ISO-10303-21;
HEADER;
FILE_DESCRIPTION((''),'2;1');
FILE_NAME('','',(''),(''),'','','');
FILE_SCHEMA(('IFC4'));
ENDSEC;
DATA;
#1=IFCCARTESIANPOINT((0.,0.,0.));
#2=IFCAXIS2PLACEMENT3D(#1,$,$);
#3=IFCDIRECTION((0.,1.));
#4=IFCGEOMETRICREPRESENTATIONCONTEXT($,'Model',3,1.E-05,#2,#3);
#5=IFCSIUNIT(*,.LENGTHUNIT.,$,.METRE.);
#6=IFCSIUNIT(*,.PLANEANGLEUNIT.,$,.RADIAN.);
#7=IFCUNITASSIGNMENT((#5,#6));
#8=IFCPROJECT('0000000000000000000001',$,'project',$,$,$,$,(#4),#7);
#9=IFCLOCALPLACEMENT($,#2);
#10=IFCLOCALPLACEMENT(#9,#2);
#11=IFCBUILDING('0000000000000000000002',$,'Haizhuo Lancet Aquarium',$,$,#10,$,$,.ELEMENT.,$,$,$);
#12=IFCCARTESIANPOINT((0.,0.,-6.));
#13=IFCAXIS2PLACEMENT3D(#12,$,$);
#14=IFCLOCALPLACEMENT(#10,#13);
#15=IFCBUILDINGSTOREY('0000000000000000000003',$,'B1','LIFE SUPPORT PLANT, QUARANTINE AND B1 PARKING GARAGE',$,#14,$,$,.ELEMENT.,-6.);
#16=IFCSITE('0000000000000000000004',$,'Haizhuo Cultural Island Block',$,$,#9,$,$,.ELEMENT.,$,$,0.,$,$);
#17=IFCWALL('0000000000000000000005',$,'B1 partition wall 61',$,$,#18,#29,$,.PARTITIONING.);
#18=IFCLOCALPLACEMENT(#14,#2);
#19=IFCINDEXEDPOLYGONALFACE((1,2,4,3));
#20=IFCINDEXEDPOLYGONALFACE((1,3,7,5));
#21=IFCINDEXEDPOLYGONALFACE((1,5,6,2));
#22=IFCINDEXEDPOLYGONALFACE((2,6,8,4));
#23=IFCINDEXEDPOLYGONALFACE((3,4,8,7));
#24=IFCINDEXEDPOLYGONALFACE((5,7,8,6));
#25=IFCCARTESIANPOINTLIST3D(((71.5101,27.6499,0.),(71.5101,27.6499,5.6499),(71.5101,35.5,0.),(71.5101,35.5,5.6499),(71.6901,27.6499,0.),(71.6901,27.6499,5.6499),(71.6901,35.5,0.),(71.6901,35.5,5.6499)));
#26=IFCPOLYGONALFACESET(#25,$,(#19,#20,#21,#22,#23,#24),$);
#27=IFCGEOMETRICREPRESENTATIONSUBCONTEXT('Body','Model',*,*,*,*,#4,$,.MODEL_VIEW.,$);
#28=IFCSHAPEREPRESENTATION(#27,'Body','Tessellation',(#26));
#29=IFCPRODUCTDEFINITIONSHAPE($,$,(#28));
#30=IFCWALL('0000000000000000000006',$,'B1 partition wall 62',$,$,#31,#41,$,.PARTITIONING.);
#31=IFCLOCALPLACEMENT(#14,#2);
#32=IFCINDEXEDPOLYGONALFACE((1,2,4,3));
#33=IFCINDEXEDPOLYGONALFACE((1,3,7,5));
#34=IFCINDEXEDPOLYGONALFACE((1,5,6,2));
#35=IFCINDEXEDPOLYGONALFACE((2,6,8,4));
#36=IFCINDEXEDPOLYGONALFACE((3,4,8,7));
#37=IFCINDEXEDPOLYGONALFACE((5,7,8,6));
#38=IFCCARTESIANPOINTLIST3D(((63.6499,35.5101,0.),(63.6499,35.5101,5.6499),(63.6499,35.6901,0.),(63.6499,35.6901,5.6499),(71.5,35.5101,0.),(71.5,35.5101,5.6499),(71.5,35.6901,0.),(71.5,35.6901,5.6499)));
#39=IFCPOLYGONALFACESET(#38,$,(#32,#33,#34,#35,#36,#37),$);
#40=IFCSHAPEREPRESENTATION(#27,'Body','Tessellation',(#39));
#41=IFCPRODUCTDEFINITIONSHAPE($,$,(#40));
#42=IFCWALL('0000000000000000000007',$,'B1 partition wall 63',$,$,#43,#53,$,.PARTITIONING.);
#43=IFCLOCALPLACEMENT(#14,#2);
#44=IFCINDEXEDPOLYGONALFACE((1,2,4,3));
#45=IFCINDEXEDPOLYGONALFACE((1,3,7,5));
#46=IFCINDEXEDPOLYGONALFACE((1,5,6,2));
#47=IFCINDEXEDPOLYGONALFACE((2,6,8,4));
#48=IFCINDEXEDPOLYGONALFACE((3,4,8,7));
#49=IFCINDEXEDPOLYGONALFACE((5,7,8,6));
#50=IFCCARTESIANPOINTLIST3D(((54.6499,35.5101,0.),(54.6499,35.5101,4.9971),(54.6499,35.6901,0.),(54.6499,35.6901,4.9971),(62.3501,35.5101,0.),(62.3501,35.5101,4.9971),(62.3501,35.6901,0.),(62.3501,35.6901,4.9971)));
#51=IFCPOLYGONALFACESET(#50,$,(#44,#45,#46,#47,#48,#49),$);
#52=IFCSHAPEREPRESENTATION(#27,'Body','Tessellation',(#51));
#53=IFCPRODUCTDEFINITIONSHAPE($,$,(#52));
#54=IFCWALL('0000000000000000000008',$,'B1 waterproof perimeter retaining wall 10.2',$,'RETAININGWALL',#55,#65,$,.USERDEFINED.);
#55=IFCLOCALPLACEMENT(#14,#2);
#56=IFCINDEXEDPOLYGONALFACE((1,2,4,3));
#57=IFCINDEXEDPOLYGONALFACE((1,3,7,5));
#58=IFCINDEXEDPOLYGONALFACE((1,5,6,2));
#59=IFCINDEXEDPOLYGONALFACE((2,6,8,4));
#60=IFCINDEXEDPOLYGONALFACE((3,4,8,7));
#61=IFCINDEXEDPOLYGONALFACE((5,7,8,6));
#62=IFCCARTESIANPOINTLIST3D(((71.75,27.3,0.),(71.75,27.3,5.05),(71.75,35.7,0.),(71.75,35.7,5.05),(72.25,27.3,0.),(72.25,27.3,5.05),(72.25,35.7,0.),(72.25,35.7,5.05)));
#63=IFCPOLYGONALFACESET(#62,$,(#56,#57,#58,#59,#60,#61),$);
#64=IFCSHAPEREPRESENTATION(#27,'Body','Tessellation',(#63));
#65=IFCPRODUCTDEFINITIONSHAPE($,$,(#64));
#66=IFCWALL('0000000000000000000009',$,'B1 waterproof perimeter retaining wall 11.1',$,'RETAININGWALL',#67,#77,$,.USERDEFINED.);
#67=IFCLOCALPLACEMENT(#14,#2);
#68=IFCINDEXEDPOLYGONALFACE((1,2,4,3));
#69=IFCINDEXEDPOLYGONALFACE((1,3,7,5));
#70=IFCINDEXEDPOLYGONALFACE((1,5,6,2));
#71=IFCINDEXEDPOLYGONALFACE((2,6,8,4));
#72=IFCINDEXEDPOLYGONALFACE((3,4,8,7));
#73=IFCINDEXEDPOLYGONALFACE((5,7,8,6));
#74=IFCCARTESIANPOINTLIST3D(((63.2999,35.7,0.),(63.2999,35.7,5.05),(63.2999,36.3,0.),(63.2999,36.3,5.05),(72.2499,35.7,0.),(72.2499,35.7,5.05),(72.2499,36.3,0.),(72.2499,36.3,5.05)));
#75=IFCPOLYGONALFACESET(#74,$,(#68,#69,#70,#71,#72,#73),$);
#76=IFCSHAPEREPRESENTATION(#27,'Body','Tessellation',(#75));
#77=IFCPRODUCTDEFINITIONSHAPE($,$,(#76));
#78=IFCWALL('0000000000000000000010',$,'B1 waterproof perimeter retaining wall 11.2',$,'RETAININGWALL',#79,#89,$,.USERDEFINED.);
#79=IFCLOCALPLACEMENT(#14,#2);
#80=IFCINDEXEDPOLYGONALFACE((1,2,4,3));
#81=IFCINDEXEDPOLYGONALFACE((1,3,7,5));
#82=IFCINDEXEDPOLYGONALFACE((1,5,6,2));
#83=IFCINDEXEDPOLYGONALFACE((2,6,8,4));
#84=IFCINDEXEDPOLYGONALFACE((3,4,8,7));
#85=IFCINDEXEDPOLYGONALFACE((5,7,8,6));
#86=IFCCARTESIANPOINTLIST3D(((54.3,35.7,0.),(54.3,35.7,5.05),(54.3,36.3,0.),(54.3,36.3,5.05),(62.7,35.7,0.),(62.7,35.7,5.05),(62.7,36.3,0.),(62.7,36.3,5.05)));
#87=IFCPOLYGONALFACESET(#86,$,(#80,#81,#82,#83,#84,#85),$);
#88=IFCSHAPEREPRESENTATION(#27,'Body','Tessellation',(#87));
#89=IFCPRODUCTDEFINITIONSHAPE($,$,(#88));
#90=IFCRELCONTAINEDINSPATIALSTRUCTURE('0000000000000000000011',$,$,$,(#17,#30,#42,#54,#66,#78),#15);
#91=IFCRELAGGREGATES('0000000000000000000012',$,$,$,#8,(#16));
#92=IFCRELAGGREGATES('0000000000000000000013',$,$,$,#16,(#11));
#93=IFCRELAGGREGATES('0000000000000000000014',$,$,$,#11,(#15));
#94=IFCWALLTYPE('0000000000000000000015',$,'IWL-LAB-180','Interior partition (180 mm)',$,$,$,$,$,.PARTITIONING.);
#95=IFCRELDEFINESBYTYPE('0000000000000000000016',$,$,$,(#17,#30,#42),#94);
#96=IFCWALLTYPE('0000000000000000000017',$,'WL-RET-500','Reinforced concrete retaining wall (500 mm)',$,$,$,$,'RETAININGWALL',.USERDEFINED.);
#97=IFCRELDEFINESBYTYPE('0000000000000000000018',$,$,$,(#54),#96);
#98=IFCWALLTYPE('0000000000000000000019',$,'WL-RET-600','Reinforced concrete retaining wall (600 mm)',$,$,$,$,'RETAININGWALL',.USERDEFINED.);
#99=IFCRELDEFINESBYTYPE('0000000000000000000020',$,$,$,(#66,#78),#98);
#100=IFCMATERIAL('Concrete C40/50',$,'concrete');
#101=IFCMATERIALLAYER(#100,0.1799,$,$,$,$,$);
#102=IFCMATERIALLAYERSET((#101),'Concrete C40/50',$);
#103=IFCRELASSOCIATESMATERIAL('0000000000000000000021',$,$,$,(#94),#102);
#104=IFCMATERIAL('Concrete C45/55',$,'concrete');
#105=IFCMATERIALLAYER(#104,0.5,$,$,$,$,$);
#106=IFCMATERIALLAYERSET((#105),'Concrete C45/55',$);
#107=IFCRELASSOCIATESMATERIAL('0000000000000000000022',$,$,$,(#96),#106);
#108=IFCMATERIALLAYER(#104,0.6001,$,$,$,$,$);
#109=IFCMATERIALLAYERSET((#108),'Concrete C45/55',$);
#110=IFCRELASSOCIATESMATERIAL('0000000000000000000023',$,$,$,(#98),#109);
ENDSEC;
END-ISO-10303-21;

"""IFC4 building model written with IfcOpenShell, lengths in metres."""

from ifc_helpers import new_model, si_unit, direction, frame, frame_2d, origin, place, context, subcontext, project, spatial, rectangle, extrude, material, layer, layer_set, type_object, element, save


model = new_model("IFC4")

# Units and contexts
model_context = context("Model", 3, precision=1e-05, world=origin(), true_north=direction((0.0, 1.0)))
body_context = subcontext(model_context, "Body", "Model", "MODEL_VIEW")
ifc_project = project(units=[si_unit("LENGTHUNIT", "METRE"), si_unit("PLANEANGLEUNIT", "RADIAN")], contexts=[model_context])

# Site, building, storey
site_placement = place(None, origin())
site = spatial("IfcSite", under=ifc_project, at=site_placement, Name="Haizhuo Cultural Island Block", CompositionType="ELEMENT", RefElevation=0.0)
building_placement = place(site_placement, origin())
building = spatial("IfcBuilding", under=site, at=building_placement, Name="Haizhuo Lancet Aquarium", CompositionType="ELEMENT")
storey_placement = place(building_placement, frame((0.0, 0.0, -6.0)))
storey = spatial("IfcBuildingStorey", under=building, at=storey_placement, Name="B1", Description="LIFE SUPPORT PLANT, QUARANTINE AND B1 PARKING GARAGE", CompositionType="ELEMENT", Elevation=-6.0)

# Shared definitions
ifc_material_1 = material(Name="Concrete C40/50", Category="concrete")

# Walls
ifc_layer_1 = layer(ifc_material_1, 0.1799)
ifc_layer_set_1 = layer_set([ifc_layer_1], Name="Concrete C40/50")
wall_type_1 = type_object("IfcWallType", Name="IWL-LAB-180", Description="Interior partition (180 mm)", PredefinedType="PARTITIONING", material=ifc_layer_set_1)
for number, where, z_axis, x_axis, name in (
    (1, (71.6001, 27.6499, 0.0), (0.0, 0.0, 1.0), (0.0, 1.0, 0.0), "B1 partition wall 61"),
    (2, (71.5, 35.6001, 0.0), (0.0, 0.0, 1.0), (-1.0, 0.0, 0.0), "B1 partition wall 62"),
):
    element("IfcWall", number, at=place(storey_placement, frame(where, z_axis=z_axis, x_axis=x_axis)), inside=storey, type_object=wall_type_1, Name=name, PredefinedType="PARTITIONING", context=body_context, shape_type="SweptSolid", body=[
        extrude(rectangle(XDim=7.8501, YDim=0.1799, at=frame_2d((3.925, 0.0))), origin(), (0.0, 0.0, 1.0), 5.6499),
    ])
wall_1_placement = place(storey_placement, frame((62.3501, 35.6001, 0.0), z_axis=(0.0, 0.0, 1.0), x_axis=(-1.0, 0.0, 0.0)))
element("IfcWall", 3, at=wall_1_placement, inside=storey, type_object=wall_type_1, Name="B1 partition wall 63", PredefinedType="PARTITIONING", context=body_context, shape_type="SweptSolid", body=[
    extrude(rectangle(XDim=7.7002, YDim=0.1799, at=frame_2d((3.8501, 0.0))), origin(), (0.0, 0.0, 1.0), 4.9971),
])
ifc_material_2 = material(Name="Concrete C45/55", Category="concrete")
ifc_layer_2 = layer(ifc_material_2, 0.5)
ifc_layer_set_2 = layer_set([ifc_layer_2], Name="Concrete C45/55")
wall_type_2 = type_object("IfcWallType", Name="WL-RET-500", Description="Reinforced concrete retaining wall (500 mm)", ElementType="RETAININGWALL", PredefinedType="USERDEFINED", material=ifc_layer_set_2)
wall_2_placement = place(storey_placement, frame((72.0, 27.3, 0.0), z_axis=(0.0, 0.0, 1.0), x_axis=(0.0, 1.0, 0.0)))
element("IfcWall", 4, at=wall_2_placement, inside=storey, type_object=wall_type_2, Name="B1 waterproof perimeter retaining wall 10.2", ObjectType="RETAININGWALL", PredefinedType="USERDEFINED", context=body_context, shape_type="SweptSolid", body=[
    extrude(rectangle(XDim=8.3999, YDim=0.5, at=frame_2d((4.2, 0.0))), origin(), (0.0, 0.0, 1.0), 5.05),
])
ifc_layer_3 = layer(ifc_material_2, 0.6001)
ifc_layer_set_3 = layer_set([ifc_layer_3], Name="Concrete C45/55")
wall_type_3 = type_object("IfcWallType", Name="WL-RET-600", Description="Reinforced concrete retaining wall (600 mm)", ElementType="RETAININGWALL", PredefinedType="USERDEFINED", material=ifc_layer_set_3)
wall_3_placement = place(storey_placement, frame((72.25, 36.0, 0.0), z_axis=(0.0, 0.0, 1.0), x_axis=(-1.0, 0.0, 0.0)))
element("IfcWall", 5, at=wall_3_placement, inside=storey, type_object=wall_type_3, Name="B1 waterproof perimeter retaining wall 11.1", ObjectType="RETAININGWALL", PredefinedType="USERDEFINED", context=body_context, shape_type="SweptSolid", body=[
    extrude(rectangle(XDim=8.95, YDim=0.6001, at=frame_2d((4.4751, 0.0))), origin(), (0.0, 0.0, 1.0), 5.05),
])
wall_4_placement = place(storey_placement, frame((62.7, 36.0, 0.0), z_axis=(0.0, 0.0, 1.0), x_axis=(-1.0, 0.0, 0.0)))
element("IfcWall", 6, at=wall_4_placement, inside=storey, type_object=wall_type_3, Name="B1 waterproof perimeter retaining wall 11.2", ObjectType="RETAININGWALL", PredefinedType="USERDEFINED", context=body_context, shape_type="SweptSolid", body=[
    extrude(rectangle(XDim=8.3999, YDim=0.6001, at=frame_2d((4.2, 0.0))), origin(), (0.0, 0.0, 1.0), 5.05),
])

save(model, "model.ifc")
